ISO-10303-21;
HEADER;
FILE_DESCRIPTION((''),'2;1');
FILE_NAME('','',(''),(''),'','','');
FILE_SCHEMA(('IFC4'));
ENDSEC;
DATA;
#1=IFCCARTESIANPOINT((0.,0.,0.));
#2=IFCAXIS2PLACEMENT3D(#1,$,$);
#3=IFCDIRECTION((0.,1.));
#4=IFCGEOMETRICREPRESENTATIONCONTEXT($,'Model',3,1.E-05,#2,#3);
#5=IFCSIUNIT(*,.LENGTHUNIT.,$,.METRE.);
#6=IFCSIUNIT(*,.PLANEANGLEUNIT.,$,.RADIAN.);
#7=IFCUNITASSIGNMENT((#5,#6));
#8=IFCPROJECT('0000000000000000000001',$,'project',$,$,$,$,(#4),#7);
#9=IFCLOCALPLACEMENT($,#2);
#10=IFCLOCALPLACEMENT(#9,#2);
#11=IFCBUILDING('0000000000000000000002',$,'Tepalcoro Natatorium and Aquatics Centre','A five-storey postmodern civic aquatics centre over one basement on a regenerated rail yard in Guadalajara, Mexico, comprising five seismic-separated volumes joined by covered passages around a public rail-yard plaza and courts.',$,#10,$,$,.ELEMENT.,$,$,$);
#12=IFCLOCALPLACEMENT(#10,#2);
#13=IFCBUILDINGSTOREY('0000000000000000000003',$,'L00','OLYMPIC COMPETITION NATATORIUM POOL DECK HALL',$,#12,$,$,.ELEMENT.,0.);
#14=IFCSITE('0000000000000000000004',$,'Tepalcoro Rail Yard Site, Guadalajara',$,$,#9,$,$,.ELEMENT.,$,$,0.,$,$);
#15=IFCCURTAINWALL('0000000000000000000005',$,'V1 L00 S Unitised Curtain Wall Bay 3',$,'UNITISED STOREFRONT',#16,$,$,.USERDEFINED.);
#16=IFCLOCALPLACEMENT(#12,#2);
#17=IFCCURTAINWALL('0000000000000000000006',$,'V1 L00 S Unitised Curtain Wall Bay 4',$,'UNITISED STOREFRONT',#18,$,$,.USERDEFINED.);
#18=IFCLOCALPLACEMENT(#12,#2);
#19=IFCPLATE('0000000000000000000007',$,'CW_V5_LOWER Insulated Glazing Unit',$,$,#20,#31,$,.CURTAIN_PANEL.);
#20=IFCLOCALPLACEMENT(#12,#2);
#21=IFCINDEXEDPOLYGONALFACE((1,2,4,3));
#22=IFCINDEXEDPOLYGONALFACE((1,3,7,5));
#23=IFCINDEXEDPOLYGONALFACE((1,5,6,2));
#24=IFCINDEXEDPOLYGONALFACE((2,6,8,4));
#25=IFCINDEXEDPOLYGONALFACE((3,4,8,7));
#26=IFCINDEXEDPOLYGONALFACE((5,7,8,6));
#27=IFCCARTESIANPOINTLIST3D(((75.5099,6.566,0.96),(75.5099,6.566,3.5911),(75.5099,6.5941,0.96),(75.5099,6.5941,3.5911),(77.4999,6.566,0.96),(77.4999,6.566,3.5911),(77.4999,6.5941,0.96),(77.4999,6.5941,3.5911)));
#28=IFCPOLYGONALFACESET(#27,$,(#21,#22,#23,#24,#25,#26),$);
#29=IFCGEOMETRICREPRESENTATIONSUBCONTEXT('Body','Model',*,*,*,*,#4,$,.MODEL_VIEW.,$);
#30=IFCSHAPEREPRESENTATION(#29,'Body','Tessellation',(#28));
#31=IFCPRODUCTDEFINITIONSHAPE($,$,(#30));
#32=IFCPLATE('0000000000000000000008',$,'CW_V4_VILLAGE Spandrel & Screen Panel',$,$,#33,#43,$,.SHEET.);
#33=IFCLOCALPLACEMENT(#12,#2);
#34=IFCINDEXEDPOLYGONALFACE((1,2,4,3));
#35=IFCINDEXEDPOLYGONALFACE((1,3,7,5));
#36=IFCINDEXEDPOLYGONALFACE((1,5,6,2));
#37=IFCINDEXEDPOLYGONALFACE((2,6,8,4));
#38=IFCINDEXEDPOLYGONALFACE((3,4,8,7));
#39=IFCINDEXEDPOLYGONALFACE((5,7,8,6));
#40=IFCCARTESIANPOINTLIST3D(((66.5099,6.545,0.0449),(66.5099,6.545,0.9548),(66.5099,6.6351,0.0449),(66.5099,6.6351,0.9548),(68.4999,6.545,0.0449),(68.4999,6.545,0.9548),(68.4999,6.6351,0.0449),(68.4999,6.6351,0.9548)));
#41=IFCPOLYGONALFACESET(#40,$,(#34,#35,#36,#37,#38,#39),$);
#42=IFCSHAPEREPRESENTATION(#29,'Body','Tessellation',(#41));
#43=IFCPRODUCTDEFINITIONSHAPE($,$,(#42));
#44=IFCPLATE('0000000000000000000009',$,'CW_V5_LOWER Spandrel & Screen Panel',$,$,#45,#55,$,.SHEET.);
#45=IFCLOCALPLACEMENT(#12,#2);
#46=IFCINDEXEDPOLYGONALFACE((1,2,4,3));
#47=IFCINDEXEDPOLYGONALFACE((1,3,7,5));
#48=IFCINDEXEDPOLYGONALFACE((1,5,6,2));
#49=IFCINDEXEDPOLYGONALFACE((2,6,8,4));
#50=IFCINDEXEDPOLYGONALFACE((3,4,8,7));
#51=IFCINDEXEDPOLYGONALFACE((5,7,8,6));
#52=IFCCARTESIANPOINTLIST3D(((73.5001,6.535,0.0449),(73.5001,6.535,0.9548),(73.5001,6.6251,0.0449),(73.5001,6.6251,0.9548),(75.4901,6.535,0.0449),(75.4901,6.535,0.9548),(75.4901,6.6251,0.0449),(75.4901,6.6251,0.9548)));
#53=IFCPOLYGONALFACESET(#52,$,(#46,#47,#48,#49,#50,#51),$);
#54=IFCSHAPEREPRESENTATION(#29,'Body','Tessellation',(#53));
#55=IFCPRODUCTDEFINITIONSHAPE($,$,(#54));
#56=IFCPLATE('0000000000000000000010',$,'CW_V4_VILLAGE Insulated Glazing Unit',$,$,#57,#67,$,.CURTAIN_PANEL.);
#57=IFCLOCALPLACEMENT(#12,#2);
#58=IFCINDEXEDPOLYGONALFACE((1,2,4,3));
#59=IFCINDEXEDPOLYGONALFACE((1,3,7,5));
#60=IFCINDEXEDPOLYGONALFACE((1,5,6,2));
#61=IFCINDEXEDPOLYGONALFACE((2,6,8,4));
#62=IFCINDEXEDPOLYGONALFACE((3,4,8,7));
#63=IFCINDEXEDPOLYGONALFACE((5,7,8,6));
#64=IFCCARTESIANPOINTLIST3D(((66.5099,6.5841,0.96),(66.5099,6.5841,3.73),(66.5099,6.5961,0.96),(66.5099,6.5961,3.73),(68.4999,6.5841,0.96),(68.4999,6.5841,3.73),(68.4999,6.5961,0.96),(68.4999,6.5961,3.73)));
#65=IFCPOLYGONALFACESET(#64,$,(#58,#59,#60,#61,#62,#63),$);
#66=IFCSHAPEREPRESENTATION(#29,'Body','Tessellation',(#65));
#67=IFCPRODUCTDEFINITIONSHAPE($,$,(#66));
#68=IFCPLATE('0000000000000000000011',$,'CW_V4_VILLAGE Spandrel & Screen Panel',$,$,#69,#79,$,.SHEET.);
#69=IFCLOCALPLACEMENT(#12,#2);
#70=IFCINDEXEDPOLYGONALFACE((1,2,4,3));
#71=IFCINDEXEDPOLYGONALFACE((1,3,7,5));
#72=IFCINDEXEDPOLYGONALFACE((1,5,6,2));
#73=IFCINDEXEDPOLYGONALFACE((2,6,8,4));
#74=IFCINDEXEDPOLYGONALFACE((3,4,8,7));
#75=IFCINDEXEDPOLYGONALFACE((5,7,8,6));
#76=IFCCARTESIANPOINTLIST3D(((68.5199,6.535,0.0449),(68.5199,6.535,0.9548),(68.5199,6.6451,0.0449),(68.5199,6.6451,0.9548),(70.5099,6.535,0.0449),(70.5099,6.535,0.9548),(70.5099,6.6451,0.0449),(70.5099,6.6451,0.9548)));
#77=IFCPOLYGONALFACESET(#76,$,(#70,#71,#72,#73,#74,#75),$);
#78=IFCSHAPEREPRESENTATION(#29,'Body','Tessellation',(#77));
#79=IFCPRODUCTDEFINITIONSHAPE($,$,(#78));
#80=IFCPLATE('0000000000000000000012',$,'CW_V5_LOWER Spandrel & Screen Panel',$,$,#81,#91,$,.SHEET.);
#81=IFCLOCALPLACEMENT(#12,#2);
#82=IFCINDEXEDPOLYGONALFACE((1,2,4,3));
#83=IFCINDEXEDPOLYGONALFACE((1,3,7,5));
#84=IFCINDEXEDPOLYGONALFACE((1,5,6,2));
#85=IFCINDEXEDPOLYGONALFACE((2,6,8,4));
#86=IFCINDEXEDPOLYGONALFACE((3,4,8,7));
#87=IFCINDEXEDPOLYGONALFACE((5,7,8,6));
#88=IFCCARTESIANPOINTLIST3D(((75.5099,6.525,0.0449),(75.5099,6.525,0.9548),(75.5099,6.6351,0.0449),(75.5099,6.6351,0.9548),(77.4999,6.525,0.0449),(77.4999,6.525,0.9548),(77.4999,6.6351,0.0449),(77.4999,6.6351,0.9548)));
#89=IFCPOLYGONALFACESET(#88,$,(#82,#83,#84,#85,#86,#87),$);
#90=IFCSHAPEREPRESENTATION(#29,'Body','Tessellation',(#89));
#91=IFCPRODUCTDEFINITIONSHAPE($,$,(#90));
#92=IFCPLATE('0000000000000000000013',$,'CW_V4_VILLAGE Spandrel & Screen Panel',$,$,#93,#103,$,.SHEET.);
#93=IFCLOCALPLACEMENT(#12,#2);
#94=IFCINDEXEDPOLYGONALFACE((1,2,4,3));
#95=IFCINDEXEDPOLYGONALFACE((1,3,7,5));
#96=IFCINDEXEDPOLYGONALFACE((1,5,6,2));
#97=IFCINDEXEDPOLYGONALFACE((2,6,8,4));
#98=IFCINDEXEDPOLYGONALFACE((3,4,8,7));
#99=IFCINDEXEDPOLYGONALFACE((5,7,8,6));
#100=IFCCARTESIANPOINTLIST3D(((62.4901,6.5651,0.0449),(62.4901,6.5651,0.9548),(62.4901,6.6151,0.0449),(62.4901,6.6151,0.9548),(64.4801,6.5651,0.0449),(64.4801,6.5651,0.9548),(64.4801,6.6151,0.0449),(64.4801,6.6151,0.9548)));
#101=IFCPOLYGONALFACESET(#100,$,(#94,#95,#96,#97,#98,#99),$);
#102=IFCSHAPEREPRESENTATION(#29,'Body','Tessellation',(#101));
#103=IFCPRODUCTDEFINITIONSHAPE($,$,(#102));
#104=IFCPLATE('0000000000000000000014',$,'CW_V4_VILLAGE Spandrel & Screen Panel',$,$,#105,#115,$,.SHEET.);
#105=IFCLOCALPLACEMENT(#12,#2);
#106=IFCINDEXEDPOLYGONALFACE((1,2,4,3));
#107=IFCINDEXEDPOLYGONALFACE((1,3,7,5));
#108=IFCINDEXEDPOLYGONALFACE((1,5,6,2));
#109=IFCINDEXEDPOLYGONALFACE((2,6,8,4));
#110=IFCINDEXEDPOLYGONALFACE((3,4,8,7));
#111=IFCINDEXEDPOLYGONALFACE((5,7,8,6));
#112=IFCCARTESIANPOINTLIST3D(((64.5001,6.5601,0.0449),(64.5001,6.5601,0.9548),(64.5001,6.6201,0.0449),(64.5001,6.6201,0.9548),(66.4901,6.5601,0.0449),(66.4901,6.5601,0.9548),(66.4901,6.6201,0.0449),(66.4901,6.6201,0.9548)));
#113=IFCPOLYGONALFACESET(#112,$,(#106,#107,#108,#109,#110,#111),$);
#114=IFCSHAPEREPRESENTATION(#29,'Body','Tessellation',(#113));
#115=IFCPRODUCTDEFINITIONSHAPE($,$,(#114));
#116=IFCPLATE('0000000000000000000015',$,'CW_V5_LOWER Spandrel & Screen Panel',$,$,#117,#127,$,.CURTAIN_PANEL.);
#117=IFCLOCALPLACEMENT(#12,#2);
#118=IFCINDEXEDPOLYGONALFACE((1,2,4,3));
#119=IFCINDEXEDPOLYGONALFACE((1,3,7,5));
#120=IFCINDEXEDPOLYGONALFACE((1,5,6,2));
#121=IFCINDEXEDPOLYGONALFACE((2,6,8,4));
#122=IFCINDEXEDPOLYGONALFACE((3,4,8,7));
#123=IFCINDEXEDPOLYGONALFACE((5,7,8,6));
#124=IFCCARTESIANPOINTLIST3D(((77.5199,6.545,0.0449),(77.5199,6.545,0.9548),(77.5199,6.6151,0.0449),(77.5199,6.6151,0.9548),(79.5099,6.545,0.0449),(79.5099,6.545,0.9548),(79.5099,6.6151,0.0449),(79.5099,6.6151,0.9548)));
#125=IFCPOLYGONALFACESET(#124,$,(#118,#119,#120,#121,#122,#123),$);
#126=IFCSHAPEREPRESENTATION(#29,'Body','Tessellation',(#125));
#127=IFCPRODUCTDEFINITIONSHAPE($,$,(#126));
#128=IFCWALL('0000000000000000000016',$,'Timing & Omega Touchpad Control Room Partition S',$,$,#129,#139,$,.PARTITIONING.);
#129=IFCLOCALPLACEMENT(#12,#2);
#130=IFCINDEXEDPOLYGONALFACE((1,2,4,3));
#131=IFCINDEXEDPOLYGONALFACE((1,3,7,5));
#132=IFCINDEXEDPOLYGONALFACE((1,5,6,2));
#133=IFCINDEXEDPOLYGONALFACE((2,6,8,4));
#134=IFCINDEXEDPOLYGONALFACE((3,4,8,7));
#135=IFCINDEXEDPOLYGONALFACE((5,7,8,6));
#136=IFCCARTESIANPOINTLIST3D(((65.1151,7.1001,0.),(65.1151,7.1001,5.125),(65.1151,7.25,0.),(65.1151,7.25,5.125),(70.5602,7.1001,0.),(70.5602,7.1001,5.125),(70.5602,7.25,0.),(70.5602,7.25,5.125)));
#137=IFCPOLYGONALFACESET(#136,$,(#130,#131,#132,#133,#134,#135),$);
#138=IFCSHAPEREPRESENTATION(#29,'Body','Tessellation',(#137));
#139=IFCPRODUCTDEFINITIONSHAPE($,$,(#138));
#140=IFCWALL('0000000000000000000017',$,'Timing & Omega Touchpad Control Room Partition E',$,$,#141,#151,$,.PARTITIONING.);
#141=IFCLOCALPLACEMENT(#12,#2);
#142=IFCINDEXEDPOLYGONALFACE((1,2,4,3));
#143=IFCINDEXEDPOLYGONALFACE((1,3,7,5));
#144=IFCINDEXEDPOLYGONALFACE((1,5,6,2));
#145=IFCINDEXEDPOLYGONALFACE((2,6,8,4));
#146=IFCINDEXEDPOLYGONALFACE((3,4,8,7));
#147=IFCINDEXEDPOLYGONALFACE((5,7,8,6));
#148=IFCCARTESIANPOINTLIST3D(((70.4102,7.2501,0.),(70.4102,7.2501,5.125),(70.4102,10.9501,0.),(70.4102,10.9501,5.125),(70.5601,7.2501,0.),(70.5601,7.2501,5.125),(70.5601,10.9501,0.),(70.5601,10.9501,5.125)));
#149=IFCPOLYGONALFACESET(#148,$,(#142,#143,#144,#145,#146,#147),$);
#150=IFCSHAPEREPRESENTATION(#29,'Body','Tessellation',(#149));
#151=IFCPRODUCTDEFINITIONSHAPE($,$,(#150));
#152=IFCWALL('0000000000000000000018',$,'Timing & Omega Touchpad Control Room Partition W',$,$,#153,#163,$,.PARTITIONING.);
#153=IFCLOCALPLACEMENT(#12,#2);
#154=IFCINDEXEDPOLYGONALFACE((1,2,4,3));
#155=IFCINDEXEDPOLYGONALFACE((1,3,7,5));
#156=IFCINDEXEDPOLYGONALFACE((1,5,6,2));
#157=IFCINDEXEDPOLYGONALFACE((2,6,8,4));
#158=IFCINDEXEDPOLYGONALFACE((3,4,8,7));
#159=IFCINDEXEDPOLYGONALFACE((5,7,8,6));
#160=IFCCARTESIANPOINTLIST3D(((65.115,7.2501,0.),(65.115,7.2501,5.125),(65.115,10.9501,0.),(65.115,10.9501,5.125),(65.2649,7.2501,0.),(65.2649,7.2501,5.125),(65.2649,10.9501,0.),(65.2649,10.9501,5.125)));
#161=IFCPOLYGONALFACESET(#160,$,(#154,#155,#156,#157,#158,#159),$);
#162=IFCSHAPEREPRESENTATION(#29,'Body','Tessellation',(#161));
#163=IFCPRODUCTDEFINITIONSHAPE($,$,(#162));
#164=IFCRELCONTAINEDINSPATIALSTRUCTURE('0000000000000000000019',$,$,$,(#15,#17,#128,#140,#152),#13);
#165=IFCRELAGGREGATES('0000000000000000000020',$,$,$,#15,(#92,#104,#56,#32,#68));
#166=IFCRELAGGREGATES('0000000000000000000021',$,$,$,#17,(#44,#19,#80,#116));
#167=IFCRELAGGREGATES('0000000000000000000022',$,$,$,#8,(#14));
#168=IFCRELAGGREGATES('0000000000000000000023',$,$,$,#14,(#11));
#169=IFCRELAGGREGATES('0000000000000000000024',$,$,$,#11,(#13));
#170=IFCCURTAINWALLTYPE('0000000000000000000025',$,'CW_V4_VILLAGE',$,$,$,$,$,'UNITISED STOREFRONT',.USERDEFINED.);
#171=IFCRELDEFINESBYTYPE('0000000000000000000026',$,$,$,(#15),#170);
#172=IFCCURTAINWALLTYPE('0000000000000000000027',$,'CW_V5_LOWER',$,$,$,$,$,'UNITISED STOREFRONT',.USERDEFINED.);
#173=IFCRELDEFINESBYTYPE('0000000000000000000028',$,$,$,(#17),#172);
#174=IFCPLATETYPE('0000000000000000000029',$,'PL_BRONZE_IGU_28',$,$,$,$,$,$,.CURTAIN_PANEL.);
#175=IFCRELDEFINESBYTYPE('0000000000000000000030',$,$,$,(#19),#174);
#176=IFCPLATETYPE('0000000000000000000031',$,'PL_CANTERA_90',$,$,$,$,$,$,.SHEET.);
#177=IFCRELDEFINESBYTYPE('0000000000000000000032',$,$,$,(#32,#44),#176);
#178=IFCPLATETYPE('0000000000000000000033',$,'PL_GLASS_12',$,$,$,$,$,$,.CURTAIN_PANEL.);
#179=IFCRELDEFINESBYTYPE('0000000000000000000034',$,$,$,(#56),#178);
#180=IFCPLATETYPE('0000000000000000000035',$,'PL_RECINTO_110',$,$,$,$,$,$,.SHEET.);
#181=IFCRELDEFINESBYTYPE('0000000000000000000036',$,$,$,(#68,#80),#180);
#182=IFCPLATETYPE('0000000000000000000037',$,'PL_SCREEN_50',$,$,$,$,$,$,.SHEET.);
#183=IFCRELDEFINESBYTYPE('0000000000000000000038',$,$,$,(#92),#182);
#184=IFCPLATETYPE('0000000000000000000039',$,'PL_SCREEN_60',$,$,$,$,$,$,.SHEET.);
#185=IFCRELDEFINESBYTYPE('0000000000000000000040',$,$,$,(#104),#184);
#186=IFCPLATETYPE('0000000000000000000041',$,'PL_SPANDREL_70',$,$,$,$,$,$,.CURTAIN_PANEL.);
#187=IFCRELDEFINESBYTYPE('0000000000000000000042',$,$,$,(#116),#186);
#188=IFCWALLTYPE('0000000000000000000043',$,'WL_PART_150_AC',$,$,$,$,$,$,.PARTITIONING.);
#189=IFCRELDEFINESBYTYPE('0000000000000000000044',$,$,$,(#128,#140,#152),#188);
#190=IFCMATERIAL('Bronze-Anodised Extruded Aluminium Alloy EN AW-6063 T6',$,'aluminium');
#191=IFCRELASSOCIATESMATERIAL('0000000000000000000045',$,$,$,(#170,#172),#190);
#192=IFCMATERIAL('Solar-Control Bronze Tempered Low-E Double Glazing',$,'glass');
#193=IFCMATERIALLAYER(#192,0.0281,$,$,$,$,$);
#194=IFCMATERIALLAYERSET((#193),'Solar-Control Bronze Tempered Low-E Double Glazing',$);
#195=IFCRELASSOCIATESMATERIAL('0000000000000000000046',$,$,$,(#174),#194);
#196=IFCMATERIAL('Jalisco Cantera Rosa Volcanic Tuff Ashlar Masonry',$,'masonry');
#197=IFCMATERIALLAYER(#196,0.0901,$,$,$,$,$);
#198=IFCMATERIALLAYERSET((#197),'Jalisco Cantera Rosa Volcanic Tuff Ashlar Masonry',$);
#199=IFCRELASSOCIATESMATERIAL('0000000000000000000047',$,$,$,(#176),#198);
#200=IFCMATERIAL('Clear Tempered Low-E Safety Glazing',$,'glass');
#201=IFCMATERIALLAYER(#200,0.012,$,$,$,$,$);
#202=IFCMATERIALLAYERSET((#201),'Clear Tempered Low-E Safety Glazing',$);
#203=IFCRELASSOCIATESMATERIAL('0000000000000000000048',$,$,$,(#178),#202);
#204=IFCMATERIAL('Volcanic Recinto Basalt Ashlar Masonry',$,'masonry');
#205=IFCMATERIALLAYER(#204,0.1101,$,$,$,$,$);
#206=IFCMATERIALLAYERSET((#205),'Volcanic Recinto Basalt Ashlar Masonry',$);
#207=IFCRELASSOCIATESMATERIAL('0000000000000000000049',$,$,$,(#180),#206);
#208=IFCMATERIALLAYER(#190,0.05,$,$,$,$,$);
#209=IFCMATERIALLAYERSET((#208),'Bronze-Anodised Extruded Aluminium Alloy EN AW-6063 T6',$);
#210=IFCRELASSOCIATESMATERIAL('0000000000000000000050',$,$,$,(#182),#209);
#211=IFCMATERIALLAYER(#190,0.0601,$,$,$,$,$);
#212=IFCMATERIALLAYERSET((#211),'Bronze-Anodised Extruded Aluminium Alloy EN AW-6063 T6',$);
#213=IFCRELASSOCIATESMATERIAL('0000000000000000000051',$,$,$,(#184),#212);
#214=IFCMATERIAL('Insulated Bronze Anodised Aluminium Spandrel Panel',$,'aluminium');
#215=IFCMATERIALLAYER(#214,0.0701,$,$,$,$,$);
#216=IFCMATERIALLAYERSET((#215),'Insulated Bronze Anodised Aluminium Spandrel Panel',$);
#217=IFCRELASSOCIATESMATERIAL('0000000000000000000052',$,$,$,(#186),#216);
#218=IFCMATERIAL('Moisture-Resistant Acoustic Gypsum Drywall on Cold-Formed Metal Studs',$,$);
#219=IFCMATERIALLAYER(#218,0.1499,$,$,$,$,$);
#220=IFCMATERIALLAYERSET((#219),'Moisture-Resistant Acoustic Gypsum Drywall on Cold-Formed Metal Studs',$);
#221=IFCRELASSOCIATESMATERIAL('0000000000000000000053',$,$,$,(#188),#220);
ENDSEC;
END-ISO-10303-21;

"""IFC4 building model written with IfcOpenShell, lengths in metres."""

from ifc_helpers import new_model, si_unit, direction, frame, frame_2d, origin, origin_2d, place, context, subcontext, project, spatial, rectangle, extrude, material, layer, layer_set, type_object, element, aggregate, save


model = new_model("IFC4")

# Units and contexts
model_context = context("Model", 3, precision=1e-05, world=origin(), true_north=direction((0.0, 1.0)))
body_context = subcontext(model_context, "Body", "Model", "MODEL_VIEW")
ifc_project = project(units=[si_unit("LENGTHUNIT", "METRE"), si_unit("PLANEANGLEUNIT", "RADIAN")], contexts=[model_context])

# Site, building, storey
site_placement = place(None, origin())
site = spatial("IfcSite", under=ifc_project, at=site_placement, Name="Tepalcoro Rail Yard Site, Guadalajara", CompositionType="ELEMENT", RefElevation=0.0)
building_placement = place(site_placement, origin())
building = spatial("IfcBuilding", under=site, at=building_placement, Name="Tepalcoro Natatorium and Aquatics Centre", Description="A five-storey postmodern civic aquatics centre over one basement on a regenerated rail yard in Guadalajara, Mexico, comprising five seismic-separated volumes joined by covered passages around a public rail-yard plaza and courts.", CompositionType="ELEMENT")
storey_placement = place(building_placement, origin())
storey = spatial("IfcBuildingStorey", under=building, at=storey_placement, Name="L00", Description="OLYMPIC COMPETITION NATATORIUM POOL DECK HALL", CompositionType="ELEMENT", Elevation=0.0)

# Curtain walls
ifc_material_1 = material(Name="Bronze-Anodised Extruded Aluminium Alloy EN AW-6063 T6", Category="aluminium")
curtain_wall_type_1 = type_object("IfcCurtainWallType", Name="CW_V4_VILLAGE", ElementType="UNITISED STOREFRONT", PredefinedType="USERDEFINED", material=ifc_material_1)
curtain_wall_1_placement = place(storey_placement, origin())
curtain_wall_1 = element("IfcCurtainWall", 1, at=curtain_wall_1_placement, inside=storey, type_object=curtain_wall_type_1, Name="V1 L00 S Unitised Curtain Wall Bay 3", ObjectType="UNITISED STOREFRONT", PredefinedType="USERDEFINED")
curtain_wall_type_2 = type_object("IfcCurtainWallType", Name="CW_V5_LOWER", ElementType="UNITISED STOREFRONT", PredefinedType="USERDEFINED", material=ifc_material_1)
curtain_wall_2_placement = place(storey_placement, origin())
curtain_wall_2 = element("IfcCurtainWall", 2, at=curtain_wall_2_placement, inside=storey, type_object=curtain_wall_type_2, Name="V1 L00 S Unitised Curtain Wall Bay 4", ObjectType="UNITISED STOREFRONT", PredefinedType="USERDEFINED")

# Plates
ifc_material_2 = material(Name="Solar-Control Bronze Tempered Low-E Double Glazing", Category="glass")
ifc_layer_1 = layer(ifc_material_2, 0.0281)
ifc_layer_set_1 = layer_set([ifc_layer_1], Name="Solar-Control Bronze Tempered Low-E Double Glazing")
plate_type_1 = type_object("IfcPlateType", Name="PL_BRONZE_IGU_28", PredefinedType="CURTAIN_PANEL", material=ifc_layer_set_1)
plate_1_placement = place(storey_placement, frame((76.5049, 6.5801, 0.96), z_axis=(0.0, 0.0, 1.0), x_axis=(1.0, 0.0, 0.0)))
plate_1 = element("IfcPlate", 3, at=plate_1_placement, type_object=plate_type_1, Name="CW_V5_LOWER Insulated Glazing Unit", PredefinedType="CURTAIN_PANEL", context=body_context, shape_type="SweptSolid", body=[
    extrude(rectangle(XDim=1.99, YDim=0.0281, at=origin_2d()), origin(), (0.0, 0.0, 1.0), 2.6311),
])
ifc_material_3 = material(Name="Jalisco Cantera Rosa Volcanic Tuff Ashlar Masonry", Category="masonry")
ifc_layer_2 = layer(ifc_material_3, 0.0901)
ifc_layer_set_2 = layer_set([ifc_layer_2], Name="Jalisco Cantera Rosa Volcanic Tuff Ashlar Masonry")
plate_type_2 = type_object("IfcPlateType", Name="PL_CANTERA_90", PredefinedType="SHEET", material=ifc_layer_set_2)
plate_2_placement = place(storey_placement, frame((67.5049, 6.5901, 0.0449), z_axis=(0.0, 0.0, 1.0), x_axis=(1.0, 0.0, 0.0)))
plate_2 = element("IfcPlate", 4, at=plate_2_placement, type_object=plate_type_2, Name="CW_V4_VILLAGE Spandrel & Screen Panel", PredefinedType="SHEET", context=body_context, shape_type="SweptSolid", body=[
    extrude(rectangle(XDim=1.99, YDim=0.0901, at=origin_2d()), origin(), (0.0, 0.0, 1.0), 0.9099),
])
plate_3_placement = place(storey_placement, frame((74.4951, 6.5801, 0.0449), z_axis=(0.0, 0.0, 1.0), x_axis=(1.0, 0.0, 0.0)))
plate_3 = element("IfcPlate", 5, at=plate_3_placement, type_object=plate_type_2, Name="CW_V5_LOWER Spandrel & Screen Panel", PredefinedType="SHEET", context=body_context, shape_type="SweptSolid", body=[
    extrude(rectangle(XDim=1.99, YDim=0.0901, at=origin_2d()), origin(), (0.0, 0.0, 1.0), 0.9099),
])
ifc_material_4 = material(Name="Clear Tempered Low-E Safety Glazing", Category="glass")
ifc_layer_3 = layer(ifc_material_4, 0.012)
ifc_layer_set_3 = layer_set([ifc_layer_3], Name="Clear Tempered Low-E Safety Glazing")
plate_type_3 = type_object("IfcPlateType", Name="PL_GLASS_12", PredefinedType="CURTAIN_PANEL", material=ifc_layer_set_3)
plate_4_placement = place(storey_placement, frame((67.5049, 6.5901, 0.96), z_axis=(0.0, 0.0, 1.0), x_axis=(1.0, 0.0, 0.0)))
plate_4 = element("IfcPlate", 6, at=plate_4_placement, type_object=plate_type_3, Name="CW_V4_VILLAGE Insulated Glazing Unit", PredefinedType="CURTAIN_PANEL", context=body_context, shape_type="SweptSolid", body=[
    extrude(rectangle(XDim=1.99, YDim=0.012, at=origin_2d()), origin(), (0.0, 0.0, 1.0), 2.77),
])
ifc_material_5 = material(Name="Volcanic Recinto Basalt Ashlar Masonry", Category="masonry")
ifc_layer_4 = layer(ifc_material_5, 0.1101)
ifc_layer_set_4 = layer_set([ifc_layer_4], Name="Volcanic Recinto Basalt Ashlar Masonry")
plate_type_4 = type_object("IfcPlateType", Name="PL_RECINTO_110", PredefinedType="SHEET", material=ifc_layer_set_4)
plate_5_placement = place(storey_placement, frame((69.5149, 6.5901, 0.0449), z_axis=(0.0, 0.0, 1.0), x_axis=(1.0, 0.0, 0.0)))
plate_5 = element("IfcPlate", 7, at=plate_5_placement, type_object=plate_type_4, Name="CW_V4_VILLAGE Spandrel & Screen Panel", PredefinedType="SHEET", context=body_context, shape_type="SweptSolid", body=[
    extrude(rectangle(XDim=1.99, YDim=0.1101, at=origin_2d()), origin(), (0.0, 0.0, 1.0), 0.9099),
])
plate_6_placement = place(storey_placement, frame((76.5049, 6.5801, 0.0449), z_axis=(0.0, 0.0, 1.0), x_axis=(1.0, 0.0, 0.0)))
plate_6 = element("IfcPlate", 8, at=plate_6_placement, type_object=plate_type_4, Name="CW_V5_LOWER Spandrel & Screen Panel", PredefinedType="SHEET", context=body_context, shape_type="SweptSolid", body=[
    extrude(rectangle(XDim=1.99, YDim=0.1101, at=origin_2d()), origin(), (0.0, 0.0, 1.0), 0.9099),
])
ifc_layer_5 = layer(ifc_material_1, 0.05)
ifc_layer_set_5 = layer_set([ifc_layer_5], Name="Bronze-Anodised Extruded Aluminium Alloy EN AW-6063 T6")
plate_type_5 = type_object("IfcPlateType", Name="PL_SCREEN_50", PredefinedType="SHEET", material=ifc_layer_set_5)
plate_7_placement = place(storey_placement, frame((63.4851, 6.5901, 0.0449), z_axis=(0.0, 0.0, 1.0), x_axis=(1.0, 0.0, 0.0)))
plate_7 = element("IfcPlate", 9, at=plate_7_placement, type_object=plate_type_5, Name="CW_V4_VILLAGE Spandrel & Screen Panel", PredefinedType="SHEET", context=body_context, shape_type="SweptSolid", body=[
    extrude(rectangle(XDim=1.99, YDim=0.05, at=origin_2d()), origin(), (0.0, 0.0, 1.0), 0.9099),
])
ifc_layer_6 = layer(ifc_material_1, 0.0601)
ifc_layer_set_6 = layer_set([ifc_layer_6], Name="Bronze-Anodised Extruded Aluminium Alloy EN AW-6063 T6")
plate_type_6 = type_object("IfcPlateType", Name="PL_SCREEN_60", PredefinedType="SHEET", material=ifc_layer_set_6)
plate_8_placement = place(storey_placement, frame((65.4951, 6.5901, 0.0449), z_axis=(0.0, 0.0, 1.0), x_axis=(1.0, 0.0, 0.0)))
plate_8 = element("IfcPlate", 10, at=plate_8_placement, type_object=plate_type_6, Name="CW_V4_VILLAGE Spandrel & Screen Panel", PredefinedType="SHEET", context=body_context, shape_type="SweptSolid", body=[
    extrude(rectangle(XDim=1.99, YDim=0.0601, at=origin_2d()), origin(), (0.0, 0.0, 1.0), 0.9099),
])
aggregate(curtain_wall_1, [plate_7, plate_8, plate_4, plate_2, plate_5])
ifc_material_6 = material(Name="Insulated Bronze Anodised Aluminium Spandrel Panel", Category="aluminium")
ifc_layer_7 = layer(ifc_material_6, 0.0701)
ifc_layer_set_7 = layer_set([ifc_layer_7], Name="Insulated Bronze Anodised Aluminium Spandrel Panel")
plate_type_7 = type_object("IfcPlateType", Name="PL_SPANDREL_70", PredefinedType="CURTAIN_PANEL", material=ifc_layer_set_7)
plate_9_placement = place(storey_placement, frame((78.5149, 6.5801, 0.0449), z_axis=(0.0, 0.0, 1.0), x_axis=(1.0, 0.0, 0.0)))
plate_9 = element("IfcPlate", 11, at=plate_9_placement, type_object=plate_type_7, Name="CW_V5_LOWER Spandrel & Screen Panel", PredefinedType="CURTAIN_PANEL", context=body_context, shape_type="SweptSolid", body=[
    extrude(rectangle(XDim=1.99, YDim=0.0701, at=origin_2d()), origin(), (0.0, 0.0, 1.0), 0.9099),
])
aggregate(curtain_wall_2, [plate_3, plate_1, plate_6, plate_9])

# Walls
ifc_material_7 = material(Name="Moisture-Resistant Acoustic Gypsum Drywall on Cold-Formed Metal Studs")
ifc_layer_8 = layer(ifc_material_7, 0.1499)
ifc_layer_set_8 = layer_set([ifc_layer_8], Name="Moisture-Resistant Acoustic Gypsum Drywall on Cold-Formed Metal Studs")
wall_type = type_object("IfcWallType", Name="WL_PART_150_AC", PredefinedType="PARTITIONING", material=ifc_layer_set_8)
wall_placement = place(storey_placement, frame((65.115, 7.175, 0.0), z_axis=(0.0, 0.0, 1.0), x_axis=(1.0, 0.0, 0.0)))
element("IfcWall", 12, at=wall_placement, inside=storey, type_object=wall_type, Name="Timing & Omega Touchpad Control Room Partition S", PredefinedType="PARTITIONING", context=body_context, shape_type="SweptSolid", body=[
    extrude(rectangle(XDim=5.4451, YDim=0.1499, at=frame_2d((2.7227, 0.0))), origin(), (0.0, 0.0, 1.0), 5.125),
])
for number, where, z_axis, x_axis, name in (
    (13, (70.4851, 7.25, 0.0), (0.0, 0.0, 1.0), (0.0, 1.0, 0.0), "Timing & Omega Touchpad Control Room Partition E"),
    (14, (65.1899, 7.25, 0.0), (0.0, 0.0, 1.0), (0.0, 1.0, 0.0), "Timing & Omega Touchpad Control Room Partition W"),
):
    element("IfcWall", number, at=place(storey_placement, frame(where, z_axis=z_axis, x_axis=x_axis)), inside=storey, type_object=wall_type, Name=name, PredefinedType="PARTITIONING", context=body_context, shape_type="SweptSolid", body=[
        extrude(rectangle(XDim=3.7, YDim=0.1499, at=frame_2d((1.8501, 0.0))), origin(), (0.0, 0.0, 1.0), 5.125),
    ])

save(model, "model.ifc")
